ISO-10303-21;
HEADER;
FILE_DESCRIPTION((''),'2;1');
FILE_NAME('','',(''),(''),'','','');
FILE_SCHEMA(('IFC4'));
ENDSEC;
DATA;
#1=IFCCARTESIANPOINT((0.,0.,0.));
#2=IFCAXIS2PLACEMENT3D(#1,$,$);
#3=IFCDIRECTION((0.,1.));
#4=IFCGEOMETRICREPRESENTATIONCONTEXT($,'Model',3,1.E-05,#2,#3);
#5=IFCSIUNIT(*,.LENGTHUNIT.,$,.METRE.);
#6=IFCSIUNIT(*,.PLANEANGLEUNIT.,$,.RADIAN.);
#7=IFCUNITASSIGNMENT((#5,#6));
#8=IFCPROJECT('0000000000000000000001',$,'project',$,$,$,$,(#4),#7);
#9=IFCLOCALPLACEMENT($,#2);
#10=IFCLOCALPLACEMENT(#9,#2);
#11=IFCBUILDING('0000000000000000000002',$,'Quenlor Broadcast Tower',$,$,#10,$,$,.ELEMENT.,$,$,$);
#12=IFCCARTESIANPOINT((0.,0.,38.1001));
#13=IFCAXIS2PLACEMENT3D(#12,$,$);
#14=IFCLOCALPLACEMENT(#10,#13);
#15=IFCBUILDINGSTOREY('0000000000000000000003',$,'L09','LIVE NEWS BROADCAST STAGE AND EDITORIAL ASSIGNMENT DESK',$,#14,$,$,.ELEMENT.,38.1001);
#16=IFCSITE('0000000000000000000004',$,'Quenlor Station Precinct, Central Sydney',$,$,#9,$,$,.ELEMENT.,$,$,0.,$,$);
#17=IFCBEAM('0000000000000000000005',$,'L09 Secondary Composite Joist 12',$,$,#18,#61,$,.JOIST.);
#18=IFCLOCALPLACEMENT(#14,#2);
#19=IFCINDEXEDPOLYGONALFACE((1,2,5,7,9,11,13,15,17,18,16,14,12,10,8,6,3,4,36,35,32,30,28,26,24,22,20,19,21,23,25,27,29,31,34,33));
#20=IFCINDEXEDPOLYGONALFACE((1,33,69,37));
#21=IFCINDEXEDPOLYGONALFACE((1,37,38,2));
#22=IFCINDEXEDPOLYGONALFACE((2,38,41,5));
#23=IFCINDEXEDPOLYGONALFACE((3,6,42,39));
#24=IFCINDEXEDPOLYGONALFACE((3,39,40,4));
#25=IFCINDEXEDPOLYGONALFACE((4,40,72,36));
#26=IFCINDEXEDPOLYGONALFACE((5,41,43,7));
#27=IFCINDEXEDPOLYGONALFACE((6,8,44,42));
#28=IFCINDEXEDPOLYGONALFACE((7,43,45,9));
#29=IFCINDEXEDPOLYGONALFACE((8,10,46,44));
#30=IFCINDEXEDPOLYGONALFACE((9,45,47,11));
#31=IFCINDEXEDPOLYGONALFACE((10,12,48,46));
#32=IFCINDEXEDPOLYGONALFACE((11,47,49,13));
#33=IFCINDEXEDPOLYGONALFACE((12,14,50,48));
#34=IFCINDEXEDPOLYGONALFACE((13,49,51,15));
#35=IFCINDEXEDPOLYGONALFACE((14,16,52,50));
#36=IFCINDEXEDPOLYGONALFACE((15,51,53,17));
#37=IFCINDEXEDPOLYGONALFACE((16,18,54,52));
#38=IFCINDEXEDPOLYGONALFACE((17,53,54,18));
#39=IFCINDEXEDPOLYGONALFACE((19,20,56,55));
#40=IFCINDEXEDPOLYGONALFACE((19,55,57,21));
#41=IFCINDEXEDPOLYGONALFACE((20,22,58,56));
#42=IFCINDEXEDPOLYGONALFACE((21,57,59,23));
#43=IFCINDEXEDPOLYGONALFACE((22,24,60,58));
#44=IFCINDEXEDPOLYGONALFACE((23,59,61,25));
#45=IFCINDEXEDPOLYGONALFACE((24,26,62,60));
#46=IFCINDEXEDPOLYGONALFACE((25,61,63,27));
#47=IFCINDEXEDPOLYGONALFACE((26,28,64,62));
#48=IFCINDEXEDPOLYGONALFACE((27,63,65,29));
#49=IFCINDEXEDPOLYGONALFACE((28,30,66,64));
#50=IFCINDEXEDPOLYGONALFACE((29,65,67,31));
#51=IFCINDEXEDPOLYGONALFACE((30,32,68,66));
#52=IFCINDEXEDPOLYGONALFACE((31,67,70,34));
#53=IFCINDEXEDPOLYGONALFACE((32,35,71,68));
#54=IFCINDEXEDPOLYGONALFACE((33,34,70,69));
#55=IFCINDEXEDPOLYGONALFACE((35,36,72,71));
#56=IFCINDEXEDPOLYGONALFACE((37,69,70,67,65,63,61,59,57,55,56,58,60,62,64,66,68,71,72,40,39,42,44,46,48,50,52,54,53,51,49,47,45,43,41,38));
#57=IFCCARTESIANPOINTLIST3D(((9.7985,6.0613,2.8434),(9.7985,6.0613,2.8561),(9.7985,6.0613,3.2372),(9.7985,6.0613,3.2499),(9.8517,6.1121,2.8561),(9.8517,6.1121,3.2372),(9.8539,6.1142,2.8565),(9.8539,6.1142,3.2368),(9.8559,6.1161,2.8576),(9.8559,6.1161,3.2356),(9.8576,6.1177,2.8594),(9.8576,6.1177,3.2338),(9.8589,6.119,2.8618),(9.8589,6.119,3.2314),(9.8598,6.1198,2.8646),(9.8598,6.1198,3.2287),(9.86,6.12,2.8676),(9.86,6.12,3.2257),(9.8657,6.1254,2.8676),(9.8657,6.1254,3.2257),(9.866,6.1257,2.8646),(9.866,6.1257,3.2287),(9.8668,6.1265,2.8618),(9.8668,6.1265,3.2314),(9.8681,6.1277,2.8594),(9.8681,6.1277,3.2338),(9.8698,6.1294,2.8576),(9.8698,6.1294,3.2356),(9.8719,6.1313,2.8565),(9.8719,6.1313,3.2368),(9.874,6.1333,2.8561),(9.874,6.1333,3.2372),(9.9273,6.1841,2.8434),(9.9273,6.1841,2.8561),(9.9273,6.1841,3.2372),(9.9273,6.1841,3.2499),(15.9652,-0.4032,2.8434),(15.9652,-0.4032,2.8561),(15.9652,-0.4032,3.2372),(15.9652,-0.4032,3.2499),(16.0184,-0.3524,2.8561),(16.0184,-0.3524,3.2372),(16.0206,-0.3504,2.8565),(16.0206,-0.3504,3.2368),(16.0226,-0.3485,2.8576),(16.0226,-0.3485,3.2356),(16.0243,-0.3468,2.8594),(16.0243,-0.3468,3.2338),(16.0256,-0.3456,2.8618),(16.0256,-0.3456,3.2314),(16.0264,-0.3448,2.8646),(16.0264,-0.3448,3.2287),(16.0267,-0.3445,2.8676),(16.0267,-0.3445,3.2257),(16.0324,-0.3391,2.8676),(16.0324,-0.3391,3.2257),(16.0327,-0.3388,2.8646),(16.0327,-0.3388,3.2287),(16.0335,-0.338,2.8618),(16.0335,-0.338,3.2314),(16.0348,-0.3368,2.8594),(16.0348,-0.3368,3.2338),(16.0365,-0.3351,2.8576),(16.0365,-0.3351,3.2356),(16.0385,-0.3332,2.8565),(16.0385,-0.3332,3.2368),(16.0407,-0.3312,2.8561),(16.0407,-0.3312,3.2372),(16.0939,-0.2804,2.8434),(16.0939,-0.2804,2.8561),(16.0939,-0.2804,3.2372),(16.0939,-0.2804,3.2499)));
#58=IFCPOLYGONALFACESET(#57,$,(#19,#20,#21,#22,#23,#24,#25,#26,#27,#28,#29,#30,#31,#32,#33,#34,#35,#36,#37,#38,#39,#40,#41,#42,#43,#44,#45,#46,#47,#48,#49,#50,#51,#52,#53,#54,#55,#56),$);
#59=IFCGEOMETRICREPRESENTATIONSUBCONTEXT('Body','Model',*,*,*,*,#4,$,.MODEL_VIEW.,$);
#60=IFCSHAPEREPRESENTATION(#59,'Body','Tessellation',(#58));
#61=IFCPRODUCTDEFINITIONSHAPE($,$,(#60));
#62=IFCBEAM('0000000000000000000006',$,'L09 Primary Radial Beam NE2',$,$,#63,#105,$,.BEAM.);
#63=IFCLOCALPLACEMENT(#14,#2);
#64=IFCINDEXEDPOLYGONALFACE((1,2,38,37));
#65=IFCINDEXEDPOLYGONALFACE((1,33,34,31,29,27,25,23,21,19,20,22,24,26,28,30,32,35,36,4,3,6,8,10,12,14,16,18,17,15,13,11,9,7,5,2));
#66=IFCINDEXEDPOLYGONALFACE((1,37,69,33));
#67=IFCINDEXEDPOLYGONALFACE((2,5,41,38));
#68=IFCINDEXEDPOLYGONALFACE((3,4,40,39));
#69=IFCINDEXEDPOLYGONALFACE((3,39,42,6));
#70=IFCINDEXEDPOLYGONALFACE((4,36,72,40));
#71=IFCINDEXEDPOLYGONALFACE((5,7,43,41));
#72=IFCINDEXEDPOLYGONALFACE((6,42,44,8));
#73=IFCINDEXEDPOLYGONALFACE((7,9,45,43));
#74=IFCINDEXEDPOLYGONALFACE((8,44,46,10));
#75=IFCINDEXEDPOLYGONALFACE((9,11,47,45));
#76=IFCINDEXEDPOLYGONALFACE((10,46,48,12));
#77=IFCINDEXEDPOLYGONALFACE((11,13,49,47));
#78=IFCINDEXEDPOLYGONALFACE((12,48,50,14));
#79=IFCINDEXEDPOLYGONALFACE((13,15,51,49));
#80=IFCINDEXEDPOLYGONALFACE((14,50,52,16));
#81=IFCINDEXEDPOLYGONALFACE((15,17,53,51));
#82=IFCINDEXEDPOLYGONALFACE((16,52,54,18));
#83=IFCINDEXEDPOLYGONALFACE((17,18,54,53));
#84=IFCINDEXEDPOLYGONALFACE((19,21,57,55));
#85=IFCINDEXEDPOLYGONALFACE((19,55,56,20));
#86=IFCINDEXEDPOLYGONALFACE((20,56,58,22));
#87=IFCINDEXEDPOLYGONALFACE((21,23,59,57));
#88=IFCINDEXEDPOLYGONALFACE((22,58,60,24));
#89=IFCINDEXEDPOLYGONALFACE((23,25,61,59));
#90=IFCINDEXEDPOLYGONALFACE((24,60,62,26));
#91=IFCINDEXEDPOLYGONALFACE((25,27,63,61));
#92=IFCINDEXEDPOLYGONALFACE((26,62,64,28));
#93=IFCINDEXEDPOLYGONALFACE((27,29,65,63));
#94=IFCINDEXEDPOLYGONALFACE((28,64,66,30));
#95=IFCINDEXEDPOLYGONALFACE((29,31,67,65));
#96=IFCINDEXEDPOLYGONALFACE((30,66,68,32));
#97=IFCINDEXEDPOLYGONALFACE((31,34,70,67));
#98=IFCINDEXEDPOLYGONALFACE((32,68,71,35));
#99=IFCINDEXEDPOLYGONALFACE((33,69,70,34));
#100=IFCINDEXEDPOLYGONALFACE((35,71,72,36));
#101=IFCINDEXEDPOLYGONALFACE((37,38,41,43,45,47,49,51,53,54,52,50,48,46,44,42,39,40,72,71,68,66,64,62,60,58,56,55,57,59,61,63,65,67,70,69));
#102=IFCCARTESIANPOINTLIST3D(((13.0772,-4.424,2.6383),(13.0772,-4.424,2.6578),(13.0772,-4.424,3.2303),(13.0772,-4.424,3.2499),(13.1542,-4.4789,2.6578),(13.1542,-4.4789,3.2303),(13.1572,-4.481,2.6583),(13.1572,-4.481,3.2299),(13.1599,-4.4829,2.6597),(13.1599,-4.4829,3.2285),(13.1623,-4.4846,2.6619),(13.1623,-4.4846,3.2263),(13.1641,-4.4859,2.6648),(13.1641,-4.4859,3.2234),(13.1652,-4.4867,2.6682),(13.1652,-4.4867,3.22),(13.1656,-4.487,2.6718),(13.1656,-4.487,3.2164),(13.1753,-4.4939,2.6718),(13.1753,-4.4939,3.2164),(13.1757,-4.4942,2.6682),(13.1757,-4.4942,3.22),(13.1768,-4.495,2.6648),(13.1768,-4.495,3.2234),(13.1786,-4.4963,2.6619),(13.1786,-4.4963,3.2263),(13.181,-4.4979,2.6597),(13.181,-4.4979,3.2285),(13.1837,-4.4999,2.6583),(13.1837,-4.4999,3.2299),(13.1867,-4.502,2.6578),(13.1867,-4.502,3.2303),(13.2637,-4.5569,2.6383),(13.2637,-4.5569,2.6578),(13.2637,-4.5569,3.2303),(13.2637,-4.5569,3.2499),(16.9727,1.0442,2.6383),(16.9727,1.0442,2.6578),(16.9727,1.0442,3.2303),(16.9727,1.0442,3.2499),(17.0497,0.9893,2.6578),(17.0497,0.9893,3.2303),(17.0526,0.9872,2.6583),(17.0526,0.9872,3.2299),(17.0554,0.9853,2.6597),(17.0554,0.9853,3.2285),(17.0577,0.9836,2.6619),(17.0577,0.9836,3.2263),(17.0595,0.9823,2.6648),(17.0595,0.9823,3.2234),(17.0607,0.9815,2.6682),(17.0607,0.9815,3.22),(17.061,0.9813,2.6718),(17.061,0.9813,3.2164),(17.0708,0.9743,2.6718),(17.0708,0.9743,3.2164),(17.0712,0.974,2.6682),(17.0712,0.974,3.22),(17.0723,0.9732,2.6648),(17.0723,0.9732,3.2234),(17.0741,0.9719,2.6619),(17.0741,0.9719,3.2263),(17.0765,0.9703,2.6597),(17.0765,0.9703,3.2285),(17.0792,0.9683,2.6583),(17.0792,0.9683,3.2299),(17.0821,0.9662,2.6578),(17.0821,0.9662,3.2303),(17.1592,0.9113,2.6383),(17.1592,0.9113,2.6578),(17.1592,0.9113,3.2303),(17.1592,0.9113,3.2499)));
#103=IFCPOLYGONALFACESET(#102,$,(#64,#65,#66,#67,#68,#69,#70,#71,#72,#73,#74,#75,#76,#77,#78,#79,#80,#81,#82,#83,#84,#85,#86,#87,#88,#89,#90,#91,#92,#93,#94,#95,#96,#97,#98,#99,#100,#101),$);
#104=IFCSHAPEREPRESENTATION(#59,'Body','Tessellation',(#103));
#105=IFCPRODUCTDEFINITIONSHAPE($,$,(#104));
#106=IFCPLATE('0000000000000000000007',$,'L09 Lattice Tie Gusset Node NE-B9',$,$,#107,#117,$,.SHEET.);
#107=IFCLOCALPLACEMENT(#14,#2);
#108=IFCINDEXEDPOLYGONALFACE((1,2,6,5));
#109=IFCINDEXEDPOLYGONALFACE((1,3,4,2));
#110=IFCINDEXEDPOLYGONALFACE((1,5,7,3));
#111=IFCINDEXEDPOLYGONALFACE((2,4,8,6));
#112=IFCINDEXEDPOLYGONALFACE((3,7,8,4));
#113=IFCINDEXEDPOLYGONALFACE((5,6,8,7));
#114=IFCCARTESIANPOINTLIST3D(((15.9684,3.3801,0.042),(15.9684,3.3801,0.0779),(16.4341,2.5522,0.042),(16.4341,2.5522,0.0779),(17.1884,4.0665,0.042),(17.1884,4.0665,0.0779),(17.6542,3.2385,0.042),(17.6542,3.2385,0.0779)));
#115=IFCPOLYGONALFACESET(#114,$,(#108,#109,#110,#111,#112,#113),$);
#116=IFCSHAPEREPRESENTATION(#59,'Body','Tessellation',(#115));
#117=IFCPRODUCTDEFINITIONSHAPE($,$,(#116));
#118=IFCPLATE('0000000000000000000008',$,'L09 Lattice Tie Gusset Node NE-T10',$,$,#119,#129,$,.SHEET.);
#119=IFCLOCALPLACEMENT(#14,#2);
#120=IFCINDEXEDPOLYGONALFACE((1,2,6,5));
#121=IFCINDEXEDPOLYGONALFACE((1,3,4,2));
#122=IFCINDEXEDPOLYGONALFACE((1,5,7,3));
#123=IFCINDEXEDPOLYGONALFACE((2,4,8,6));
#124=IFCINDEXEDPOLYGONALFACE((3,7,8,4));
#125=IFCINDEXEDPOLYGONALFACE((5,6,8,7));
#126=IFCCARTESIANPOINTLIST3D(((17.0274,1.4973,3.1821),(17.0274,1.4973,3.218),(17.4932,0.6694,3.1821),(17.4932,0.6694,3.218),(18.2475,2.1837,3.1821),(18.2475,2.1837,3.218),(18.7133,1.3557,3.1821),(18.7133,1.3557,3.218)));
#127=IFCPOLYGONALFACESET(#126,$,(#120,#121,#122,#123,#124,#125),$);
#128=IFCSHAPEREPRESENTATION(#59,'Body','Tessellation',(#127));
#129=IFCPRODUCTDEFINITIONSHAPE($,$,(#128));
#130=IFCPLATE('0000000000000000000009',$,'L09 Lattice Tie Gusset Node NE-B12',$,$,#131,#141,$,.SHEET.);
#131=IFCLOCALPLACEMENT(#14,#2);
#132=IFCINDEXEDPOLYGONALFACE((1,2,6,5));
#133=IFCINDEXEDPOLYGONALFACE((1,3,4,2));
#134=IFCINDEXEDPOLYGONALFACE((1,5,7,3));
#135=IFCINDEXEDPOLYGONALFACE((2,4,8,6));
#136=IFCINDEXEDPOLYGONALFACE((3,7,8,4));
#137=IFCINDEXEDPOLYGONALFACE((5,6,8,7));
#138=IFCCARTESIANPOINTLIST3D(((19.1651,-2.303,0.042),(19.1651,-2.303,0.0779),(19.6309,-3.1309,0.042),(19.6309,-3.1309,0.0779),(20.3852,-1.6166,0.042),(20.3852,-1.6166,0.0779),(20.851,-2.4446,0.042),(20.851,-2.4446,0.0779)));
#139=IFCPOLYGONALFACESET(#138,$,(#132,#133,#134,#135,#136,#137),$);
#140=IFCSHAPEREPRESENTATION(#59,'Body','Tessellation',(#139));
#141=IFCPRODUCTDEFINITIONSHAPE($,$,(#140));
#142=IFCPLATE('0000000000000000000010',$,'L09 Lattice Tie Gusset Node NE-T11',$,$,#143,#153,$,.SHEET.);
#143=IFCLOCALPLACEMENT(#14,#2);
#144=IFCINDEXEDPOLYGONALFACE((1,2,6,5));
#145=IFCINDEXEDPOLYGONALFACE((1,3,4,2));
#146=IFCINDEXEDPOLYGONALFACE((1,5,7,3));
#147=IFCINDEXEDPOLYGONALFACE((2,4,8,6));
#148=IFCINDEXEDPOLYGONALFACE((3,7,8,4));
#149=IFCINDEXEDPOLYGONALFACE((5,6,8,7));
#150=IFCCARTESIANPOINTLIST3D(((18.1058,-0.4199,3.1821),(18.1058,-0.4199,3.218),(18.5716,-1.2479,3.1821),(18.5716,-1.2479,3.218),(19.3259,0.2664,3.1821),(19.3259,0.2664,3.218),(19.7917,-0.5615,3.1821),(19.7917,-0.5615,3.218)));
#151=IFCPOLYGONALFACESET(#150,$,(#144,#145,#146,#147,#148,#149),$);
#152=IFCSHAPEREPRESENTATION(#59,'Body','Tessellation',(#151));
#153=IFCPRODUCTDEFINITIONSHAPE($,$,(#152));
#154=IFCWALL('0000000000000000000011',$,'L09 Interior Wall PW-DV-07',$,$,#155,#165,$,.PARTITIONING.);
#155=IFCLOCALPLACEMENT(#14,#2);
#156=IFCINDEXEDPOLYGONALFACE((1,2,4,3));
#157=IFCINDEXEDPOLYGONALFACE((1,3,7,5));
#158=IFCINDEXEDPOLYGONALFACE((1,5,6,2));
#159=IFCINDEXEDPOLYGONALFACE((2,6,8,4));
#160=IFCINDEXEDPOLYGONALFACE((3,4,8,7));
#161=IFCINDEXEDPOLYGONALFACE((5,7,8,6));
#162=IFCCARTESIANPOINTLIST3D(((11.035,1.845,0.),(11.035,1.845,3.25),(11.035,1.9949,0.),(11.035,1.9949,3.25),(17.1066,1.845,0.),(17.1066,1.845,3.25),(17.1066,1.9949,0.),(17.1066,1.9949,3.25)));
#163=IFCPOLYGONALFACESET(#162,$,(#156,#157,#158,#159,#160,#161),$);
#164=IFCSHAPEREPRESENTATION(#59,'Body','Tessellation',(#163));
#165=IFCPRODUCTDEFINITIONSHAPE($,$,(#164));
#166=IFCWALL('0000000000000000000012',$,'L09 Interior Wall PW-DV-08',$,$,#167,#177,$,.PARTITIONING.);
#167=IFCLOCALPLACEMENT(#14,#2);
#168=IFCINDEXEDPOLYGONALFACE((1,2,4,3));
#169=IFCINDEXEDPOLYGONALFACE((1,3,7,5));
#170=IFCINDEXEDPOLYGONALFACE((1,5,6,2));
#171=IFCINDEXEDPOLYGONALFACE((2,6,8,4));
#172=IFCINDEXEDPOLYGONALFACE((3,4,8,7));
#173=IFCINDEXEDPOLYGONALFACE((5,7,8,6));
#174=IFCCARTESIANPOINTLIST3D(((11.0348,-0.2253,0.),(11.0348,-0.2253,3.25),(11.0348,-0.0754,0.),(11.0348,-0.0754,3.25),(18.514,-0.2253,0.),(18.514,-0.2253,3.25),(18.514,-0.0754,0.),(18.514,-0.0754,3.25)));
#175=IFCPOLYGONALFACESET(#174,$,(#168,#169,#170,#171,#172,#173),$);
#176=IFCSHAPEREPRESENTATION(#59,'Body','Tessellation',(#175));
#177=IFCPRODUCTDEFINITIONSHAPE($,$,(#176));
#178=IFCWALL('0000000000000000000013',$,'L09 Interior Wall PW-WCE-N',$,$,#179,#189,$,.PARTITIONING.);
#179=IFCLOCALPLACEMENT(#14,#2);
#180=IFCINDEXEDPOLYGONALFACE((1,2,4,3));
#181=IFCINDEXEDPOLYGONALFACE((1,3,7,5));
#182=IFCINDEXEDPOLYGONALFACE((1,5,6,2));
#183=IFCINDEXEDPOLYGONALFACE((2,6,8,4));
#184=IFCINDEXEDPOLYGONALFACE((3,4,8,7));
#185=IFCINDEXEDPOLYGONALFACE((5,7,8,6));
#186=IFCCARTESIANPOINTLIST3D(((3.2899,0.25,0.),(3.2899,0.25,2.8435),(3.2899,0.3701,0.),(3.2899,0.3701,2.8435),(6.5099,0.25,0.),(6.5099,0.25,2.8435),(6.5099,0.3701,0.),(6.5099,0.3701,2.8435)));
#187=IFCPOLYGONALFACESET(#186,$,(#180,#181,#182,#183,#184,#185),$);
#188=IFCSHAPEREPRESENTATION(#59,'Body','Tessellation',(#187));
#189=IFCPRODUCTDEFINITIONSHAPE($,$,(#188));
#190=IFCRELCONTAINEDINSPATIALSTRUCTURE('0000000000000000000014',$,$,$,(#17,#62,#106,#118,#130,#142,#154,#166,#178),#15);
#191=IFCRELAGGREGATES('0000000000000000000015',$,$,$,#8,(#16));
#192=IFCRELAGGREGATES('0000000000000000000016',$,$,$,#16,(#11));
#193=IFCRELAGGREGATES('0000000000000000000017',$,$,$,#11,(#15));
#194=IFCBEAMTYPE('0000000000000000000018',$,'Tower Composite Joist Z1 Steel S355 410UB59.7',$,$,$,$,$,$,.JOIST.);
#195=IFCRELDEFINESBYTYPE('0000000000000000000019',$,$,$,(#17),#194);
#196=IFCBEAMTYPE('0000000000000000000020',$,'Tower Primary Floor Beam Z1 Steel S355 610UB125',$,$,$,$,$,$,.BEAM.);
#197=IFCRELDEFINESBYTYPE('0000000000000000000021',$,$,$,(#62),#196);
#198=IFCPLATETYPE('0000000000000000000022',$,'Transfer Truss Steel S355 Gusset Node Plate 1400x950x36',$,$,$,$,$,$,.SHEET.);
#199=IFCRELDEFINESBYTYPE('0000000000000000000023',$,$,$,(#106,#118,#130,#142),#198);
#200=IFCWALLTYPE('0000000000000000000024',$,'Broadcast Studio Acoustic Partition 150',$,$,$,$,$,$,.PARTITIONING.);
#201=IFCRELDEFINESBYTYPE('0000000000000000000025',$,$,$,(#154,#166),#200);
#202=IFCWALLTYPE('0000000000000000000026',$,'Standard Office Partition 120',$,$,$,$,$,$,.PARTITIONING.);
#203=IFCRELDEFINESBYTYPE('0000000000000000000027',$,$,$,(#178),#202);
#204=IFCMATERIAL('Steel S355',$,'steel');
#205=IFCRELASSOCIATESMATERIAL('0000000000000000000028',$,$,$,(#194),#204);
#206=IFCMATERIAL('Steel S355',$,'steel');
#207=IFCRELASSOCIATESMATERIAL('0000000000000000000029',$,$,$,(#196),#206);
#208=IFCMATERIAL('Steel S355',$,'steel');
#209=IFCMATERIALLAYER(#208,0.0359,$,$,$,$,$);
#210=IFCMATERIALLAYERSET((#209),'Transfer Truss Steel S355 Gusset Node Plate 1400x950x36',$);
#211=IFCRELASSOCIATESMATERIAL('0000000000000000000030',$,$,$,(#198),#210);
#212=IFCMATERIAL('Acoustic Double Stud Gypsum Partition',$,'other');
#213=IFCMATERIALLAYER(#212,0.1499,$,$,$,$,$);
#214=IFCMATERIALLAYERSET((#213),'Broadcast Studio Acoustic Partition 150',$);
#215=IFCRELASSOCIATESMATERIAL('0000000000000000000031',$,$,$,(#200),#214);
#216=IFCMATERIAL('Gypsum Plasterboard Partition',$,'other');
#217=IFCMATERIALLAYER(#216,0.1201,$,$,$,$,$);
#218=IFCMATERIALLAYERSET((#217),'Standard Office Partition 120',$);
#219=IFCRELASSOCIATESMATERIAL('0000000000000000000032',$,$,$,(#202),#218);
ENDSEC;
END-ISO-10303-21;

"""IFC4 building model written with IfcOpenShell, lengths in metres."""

from ifc_helpers import new_model, si_unit, direction, frame, frame_2d, origin, origin_2d, place, context, subcontext, project, spatial, rectangle, i_section, extrude, material, layer, layer_set, material_profile, profile_set, type_object, element, save


model = new_model("IFC4")

# Units and contexts
model_context = context("Model", 3, precision=1e-05, world=origin(), true_north=direction((0.0, 1.0)))
body_context = subcontext(model_context, "Body", "Model", "MODEL_VIEW")
ifc_project = project(units=[si_unit("LENGTHUNIT", "METRE"), si_unit("PLANEANGLEUNIT", "RADIAN")], contexts=[model_context])

# Site, building, storey
site_placement = place(None, origin())
site = spatial("IfcSite", under=ifc_project, at=site_placement, Name="Quenlor Station Precinct, Central Sydney", CompositionType="ELEMENT", RefElevation=0.0)
building_placement = place(site_placement, origin())
building = spatial("IfcBuilding", under=site, at=building_placement, Name="Quenlor Broadcast Tower", CompositionType="ELEMENT")
storey_placement = place(building_placement, frame((0.0, 0.0, 38.1001)))
storey = spatial("IfcBuildingStorey", under=building, at=storey_placement, Name="L09", Description="LIVE NEWS BROADCAST STAGE AND EDITORIAL ASSIGNMENT DESK", CompositionType="ELEMENT", Elevation=38.1001)

# Beams
ifc_material_1 = material(Name="Steel S355", Category="steel")
ifc_material_profile_1 = material_profile(ifc_material_1, i_section(OverallWidth=0.178, OverallDepth=0.4065, WebThickness=0.0078, FlangeThickness=0.0127, FilletRadius=0.0115, at=origin_2d()))
ifc_profile_set_1 = profile_set([ifc_material_profile_1], Name="Steel S355 410UB59.7")
beam_type_1 = type_object("IfcBeamType", Name="Tower Composite Joist Z1 Steel S355 410UB59.7", PredefinedType="JOIST", material=ifc_profile_set_1)
beam_1_placement = place(storey_placement, frame((16.0295, -0.3418, 3.0466), z_axis=(-0.690241, 0.723579, 0.0), x_axis=(-0.723579, -0.690241, 0.0)))
element("IfcBeam", 1, at=beam_1_placement, inside=storey, type_object=beam_type_1, Name="L09 Secondary Composite Joist 12", PredefinedType="JOIST", context=body_context, shape_type="SweptSolid", body=[
    extrude(i_section(OverallWidth=0.178, OverallDepth=0.4065, WebThickness=0.0078, FlangeThickness=0.0127, FilletRadius=0.0115, at=origin_2d()), origin(), (0.0, 0.0, 1.0), 8.9341),
])
ifc_material_2 = material(Name="Steel S355", Category="steel")
ifc_material_profile_2 = material_profile(ifc_material_2, i_section(OverallWidth=0.229, OverallDepth=0.6116, WebThickness=0.012, FlangeThickness=0.0195, FilletRadius=0.0139, at=origin_2d()))
ifc_profile_set_2 = profile_set([ifc_material_profile_2], Name="Steel S355 610UB125")
beam_type_2 = type_object("IfcBeamType", Name="Tower Primary Floor Beam Z1 Steel S355 610UB125", PredefinedType="BEAM", material=ifc_profile_set_2)
beam_2_placement = place(storey_placement, frame((17.0659, 0.9778, 2.9441), z_axis=(-0.580213, -0.814465, 0.0), x_axis=(0.814465, -0.580213, 0.0)))
element("IfcBeam", 2, at=beam_2_placement, inside=storey, type_object=beam_type_2, Name="L09 Primary Radial Beam NE2", PredefinedType="BEAM", context=body_context, shape_type="SweptSolid", body=[
    extrude(i_section(OverallWidth=0.229, OverallDepth=0.6116, WebThickness=0.012, FlangeThickness=0.0195, FilletRadius=0.0139, at=origin_2d()), origin(), (0.0, 0.0, 1.0), 6.7139),
])

# Plates
ifc_material_3 = material(Name="Steel S355", Category="steel")
ifc_layer_1 = layer(ifc_material_3, 0.0359)
ifc_layer_set_1 = layer_set([ifc_layer_1], Name="Transfer Truss Steel S355 Gusset Node Plate 1400x950x36")
plate_type = type_object("IfcPlateType", Name="Transfer Truss Steel S355 Gusset Node Plate 1400x950x36", PredefinedType="SHEET", material=ifc_layer_set_1)
for number, where, z_axis, x_axis, name in (
    (3, (16.8113, 3.3093, 0.042), (0.0, 0.0, 1.0), (0.871556, 0.490295, 0.0), "L09 Lattice Tie Gusset Node NE-B9"),
    (4, (17.8704, 1.4265, 3.1821), (0.0, 0.0, 1.0), (0.871556, 0.490295, 0.0), "L09 Lattice Tie Gusset Node NE-T10"),
    (5, (20.0081, -2.3738, 0.042), (0.0, 0.0, 1.0), (0.871556, 0.490295, 0.0), "L09 Lattice Tie Gusset Node NE-B12"),
    (6, (18.9487, -0.4907, 3.1821), (0.0, 0.0, 1.0), (0.871556, 0.490295, 0.0), "L09 Lattice Tie Gusset Node NE-T11"),
):
    element("IfcPlate", number, at=place(storey_placement, frame(where, z_axis=z_axis, x_axis=x_axis)), inside=storey, type_object=plate_type, Name=name, PredefinedType="SHEET", context=body_context, shape_type="SweptSolid", body=[
        extrude(rectangle(XDim=1.3999, YDim=0.95, at=origin_2d()), origin(), (0.0, 0.0, 1.0), 0.0359),
    ])

# Walls
ifc_material_4 = material(Name="Acoustic Double Stud Gypsum Partition", Category="other")
ifc_layer_2 = layer(ifc_material_4, 0.1499)
ifc_layer_set_2 = layer_set([ifc_layer_2], Name="Broadcast Studio Acoustic Partition 150")
wall_type_1 = type_object("IfcWallType", Name="Broadcast Studio Acoustic Partition 150", PredefinedType="PARTITIONING", material=ifc_layer_set_2)
wall_1_placement = place(storey_placement, frame((17.1064, 1.9199, 0.0), z_axis=(0.0, 0.0, 1.0), x_axis=(-1.0, 0.0, 0.0)))
element("IfcWall", 7, at=wall_1_placement, inside=storey, type_object=wall_type_1, Name="L09 Interior Wall PW-DV-07", PredefinedType="PARTITIONING", context=body_context, shape_type="SweptSolid", body=[
    extrude(rectangle(XDim=6.0715, YDim=0.1499, at=frame_2d((3.0356, 0.0))), origin(), (0.0, 0.0, 1.0), 3.25),
])
wall_2_placement = place(storey_placement, frame((18.5142, -0.1504, 0.0), z_axis=(0.0, 0.0, 1.0), x_axis=(-1.0, 0.0, 0.0)))
element("IfcWall", 8, at=wall_2_placement, inside=storey, type_object=wall_type_1, Name="L09 Interior Wall PW-DV-08", PredefinedType="PARTITIONING", context=body_context, shape_type="SweptSolid", body=[
    extrude(rectangle(XDim=7.4792, YDim=0.1499, at=frame_2d((3.7397, 0.0))), origin(), (0.0, 0.0, 1.0), 3.25),
])

# Shared definitions
ifc_material_5 = material(Name="Gypsum Plasterboard Partition", Category="other")
ifc_layer_3 = layer(ifc_material_5, 0.1201)
ifc_layer_set_3 = layer_set([ifc_layer_3], Name="Standard Office Partition 120")
wall_type_2 = type_object("IfcWallType", Name="Standard Office Partition 120", PredefinedType="PARTITIONING", material=ifc_layer_set_3)

# Wall
wall_3_placement = place(storey_placement, frame((3.29, 0.3101, 0.0), z_axis=(0.0, 0.0, 1.0), x_axis=(1.0, 0.0, 0.0)))
element("IfcWall", 9, at=wall_3_placement, inside=storey, type_object=wall_type_2, Name="L09 Interior Wall PW-WCE-N", PredefinedType="PARTITIONING", context=body_context, shape_type="SweptSolid", body=[
    extrude(rectangle(XDim=3.22, YDim=0.1201, at=frame_2d((1.6099, 0.0))), origin(), (0.0, 0.0, 1.0), 2.8435),
])

save(model, "model.ifc")
